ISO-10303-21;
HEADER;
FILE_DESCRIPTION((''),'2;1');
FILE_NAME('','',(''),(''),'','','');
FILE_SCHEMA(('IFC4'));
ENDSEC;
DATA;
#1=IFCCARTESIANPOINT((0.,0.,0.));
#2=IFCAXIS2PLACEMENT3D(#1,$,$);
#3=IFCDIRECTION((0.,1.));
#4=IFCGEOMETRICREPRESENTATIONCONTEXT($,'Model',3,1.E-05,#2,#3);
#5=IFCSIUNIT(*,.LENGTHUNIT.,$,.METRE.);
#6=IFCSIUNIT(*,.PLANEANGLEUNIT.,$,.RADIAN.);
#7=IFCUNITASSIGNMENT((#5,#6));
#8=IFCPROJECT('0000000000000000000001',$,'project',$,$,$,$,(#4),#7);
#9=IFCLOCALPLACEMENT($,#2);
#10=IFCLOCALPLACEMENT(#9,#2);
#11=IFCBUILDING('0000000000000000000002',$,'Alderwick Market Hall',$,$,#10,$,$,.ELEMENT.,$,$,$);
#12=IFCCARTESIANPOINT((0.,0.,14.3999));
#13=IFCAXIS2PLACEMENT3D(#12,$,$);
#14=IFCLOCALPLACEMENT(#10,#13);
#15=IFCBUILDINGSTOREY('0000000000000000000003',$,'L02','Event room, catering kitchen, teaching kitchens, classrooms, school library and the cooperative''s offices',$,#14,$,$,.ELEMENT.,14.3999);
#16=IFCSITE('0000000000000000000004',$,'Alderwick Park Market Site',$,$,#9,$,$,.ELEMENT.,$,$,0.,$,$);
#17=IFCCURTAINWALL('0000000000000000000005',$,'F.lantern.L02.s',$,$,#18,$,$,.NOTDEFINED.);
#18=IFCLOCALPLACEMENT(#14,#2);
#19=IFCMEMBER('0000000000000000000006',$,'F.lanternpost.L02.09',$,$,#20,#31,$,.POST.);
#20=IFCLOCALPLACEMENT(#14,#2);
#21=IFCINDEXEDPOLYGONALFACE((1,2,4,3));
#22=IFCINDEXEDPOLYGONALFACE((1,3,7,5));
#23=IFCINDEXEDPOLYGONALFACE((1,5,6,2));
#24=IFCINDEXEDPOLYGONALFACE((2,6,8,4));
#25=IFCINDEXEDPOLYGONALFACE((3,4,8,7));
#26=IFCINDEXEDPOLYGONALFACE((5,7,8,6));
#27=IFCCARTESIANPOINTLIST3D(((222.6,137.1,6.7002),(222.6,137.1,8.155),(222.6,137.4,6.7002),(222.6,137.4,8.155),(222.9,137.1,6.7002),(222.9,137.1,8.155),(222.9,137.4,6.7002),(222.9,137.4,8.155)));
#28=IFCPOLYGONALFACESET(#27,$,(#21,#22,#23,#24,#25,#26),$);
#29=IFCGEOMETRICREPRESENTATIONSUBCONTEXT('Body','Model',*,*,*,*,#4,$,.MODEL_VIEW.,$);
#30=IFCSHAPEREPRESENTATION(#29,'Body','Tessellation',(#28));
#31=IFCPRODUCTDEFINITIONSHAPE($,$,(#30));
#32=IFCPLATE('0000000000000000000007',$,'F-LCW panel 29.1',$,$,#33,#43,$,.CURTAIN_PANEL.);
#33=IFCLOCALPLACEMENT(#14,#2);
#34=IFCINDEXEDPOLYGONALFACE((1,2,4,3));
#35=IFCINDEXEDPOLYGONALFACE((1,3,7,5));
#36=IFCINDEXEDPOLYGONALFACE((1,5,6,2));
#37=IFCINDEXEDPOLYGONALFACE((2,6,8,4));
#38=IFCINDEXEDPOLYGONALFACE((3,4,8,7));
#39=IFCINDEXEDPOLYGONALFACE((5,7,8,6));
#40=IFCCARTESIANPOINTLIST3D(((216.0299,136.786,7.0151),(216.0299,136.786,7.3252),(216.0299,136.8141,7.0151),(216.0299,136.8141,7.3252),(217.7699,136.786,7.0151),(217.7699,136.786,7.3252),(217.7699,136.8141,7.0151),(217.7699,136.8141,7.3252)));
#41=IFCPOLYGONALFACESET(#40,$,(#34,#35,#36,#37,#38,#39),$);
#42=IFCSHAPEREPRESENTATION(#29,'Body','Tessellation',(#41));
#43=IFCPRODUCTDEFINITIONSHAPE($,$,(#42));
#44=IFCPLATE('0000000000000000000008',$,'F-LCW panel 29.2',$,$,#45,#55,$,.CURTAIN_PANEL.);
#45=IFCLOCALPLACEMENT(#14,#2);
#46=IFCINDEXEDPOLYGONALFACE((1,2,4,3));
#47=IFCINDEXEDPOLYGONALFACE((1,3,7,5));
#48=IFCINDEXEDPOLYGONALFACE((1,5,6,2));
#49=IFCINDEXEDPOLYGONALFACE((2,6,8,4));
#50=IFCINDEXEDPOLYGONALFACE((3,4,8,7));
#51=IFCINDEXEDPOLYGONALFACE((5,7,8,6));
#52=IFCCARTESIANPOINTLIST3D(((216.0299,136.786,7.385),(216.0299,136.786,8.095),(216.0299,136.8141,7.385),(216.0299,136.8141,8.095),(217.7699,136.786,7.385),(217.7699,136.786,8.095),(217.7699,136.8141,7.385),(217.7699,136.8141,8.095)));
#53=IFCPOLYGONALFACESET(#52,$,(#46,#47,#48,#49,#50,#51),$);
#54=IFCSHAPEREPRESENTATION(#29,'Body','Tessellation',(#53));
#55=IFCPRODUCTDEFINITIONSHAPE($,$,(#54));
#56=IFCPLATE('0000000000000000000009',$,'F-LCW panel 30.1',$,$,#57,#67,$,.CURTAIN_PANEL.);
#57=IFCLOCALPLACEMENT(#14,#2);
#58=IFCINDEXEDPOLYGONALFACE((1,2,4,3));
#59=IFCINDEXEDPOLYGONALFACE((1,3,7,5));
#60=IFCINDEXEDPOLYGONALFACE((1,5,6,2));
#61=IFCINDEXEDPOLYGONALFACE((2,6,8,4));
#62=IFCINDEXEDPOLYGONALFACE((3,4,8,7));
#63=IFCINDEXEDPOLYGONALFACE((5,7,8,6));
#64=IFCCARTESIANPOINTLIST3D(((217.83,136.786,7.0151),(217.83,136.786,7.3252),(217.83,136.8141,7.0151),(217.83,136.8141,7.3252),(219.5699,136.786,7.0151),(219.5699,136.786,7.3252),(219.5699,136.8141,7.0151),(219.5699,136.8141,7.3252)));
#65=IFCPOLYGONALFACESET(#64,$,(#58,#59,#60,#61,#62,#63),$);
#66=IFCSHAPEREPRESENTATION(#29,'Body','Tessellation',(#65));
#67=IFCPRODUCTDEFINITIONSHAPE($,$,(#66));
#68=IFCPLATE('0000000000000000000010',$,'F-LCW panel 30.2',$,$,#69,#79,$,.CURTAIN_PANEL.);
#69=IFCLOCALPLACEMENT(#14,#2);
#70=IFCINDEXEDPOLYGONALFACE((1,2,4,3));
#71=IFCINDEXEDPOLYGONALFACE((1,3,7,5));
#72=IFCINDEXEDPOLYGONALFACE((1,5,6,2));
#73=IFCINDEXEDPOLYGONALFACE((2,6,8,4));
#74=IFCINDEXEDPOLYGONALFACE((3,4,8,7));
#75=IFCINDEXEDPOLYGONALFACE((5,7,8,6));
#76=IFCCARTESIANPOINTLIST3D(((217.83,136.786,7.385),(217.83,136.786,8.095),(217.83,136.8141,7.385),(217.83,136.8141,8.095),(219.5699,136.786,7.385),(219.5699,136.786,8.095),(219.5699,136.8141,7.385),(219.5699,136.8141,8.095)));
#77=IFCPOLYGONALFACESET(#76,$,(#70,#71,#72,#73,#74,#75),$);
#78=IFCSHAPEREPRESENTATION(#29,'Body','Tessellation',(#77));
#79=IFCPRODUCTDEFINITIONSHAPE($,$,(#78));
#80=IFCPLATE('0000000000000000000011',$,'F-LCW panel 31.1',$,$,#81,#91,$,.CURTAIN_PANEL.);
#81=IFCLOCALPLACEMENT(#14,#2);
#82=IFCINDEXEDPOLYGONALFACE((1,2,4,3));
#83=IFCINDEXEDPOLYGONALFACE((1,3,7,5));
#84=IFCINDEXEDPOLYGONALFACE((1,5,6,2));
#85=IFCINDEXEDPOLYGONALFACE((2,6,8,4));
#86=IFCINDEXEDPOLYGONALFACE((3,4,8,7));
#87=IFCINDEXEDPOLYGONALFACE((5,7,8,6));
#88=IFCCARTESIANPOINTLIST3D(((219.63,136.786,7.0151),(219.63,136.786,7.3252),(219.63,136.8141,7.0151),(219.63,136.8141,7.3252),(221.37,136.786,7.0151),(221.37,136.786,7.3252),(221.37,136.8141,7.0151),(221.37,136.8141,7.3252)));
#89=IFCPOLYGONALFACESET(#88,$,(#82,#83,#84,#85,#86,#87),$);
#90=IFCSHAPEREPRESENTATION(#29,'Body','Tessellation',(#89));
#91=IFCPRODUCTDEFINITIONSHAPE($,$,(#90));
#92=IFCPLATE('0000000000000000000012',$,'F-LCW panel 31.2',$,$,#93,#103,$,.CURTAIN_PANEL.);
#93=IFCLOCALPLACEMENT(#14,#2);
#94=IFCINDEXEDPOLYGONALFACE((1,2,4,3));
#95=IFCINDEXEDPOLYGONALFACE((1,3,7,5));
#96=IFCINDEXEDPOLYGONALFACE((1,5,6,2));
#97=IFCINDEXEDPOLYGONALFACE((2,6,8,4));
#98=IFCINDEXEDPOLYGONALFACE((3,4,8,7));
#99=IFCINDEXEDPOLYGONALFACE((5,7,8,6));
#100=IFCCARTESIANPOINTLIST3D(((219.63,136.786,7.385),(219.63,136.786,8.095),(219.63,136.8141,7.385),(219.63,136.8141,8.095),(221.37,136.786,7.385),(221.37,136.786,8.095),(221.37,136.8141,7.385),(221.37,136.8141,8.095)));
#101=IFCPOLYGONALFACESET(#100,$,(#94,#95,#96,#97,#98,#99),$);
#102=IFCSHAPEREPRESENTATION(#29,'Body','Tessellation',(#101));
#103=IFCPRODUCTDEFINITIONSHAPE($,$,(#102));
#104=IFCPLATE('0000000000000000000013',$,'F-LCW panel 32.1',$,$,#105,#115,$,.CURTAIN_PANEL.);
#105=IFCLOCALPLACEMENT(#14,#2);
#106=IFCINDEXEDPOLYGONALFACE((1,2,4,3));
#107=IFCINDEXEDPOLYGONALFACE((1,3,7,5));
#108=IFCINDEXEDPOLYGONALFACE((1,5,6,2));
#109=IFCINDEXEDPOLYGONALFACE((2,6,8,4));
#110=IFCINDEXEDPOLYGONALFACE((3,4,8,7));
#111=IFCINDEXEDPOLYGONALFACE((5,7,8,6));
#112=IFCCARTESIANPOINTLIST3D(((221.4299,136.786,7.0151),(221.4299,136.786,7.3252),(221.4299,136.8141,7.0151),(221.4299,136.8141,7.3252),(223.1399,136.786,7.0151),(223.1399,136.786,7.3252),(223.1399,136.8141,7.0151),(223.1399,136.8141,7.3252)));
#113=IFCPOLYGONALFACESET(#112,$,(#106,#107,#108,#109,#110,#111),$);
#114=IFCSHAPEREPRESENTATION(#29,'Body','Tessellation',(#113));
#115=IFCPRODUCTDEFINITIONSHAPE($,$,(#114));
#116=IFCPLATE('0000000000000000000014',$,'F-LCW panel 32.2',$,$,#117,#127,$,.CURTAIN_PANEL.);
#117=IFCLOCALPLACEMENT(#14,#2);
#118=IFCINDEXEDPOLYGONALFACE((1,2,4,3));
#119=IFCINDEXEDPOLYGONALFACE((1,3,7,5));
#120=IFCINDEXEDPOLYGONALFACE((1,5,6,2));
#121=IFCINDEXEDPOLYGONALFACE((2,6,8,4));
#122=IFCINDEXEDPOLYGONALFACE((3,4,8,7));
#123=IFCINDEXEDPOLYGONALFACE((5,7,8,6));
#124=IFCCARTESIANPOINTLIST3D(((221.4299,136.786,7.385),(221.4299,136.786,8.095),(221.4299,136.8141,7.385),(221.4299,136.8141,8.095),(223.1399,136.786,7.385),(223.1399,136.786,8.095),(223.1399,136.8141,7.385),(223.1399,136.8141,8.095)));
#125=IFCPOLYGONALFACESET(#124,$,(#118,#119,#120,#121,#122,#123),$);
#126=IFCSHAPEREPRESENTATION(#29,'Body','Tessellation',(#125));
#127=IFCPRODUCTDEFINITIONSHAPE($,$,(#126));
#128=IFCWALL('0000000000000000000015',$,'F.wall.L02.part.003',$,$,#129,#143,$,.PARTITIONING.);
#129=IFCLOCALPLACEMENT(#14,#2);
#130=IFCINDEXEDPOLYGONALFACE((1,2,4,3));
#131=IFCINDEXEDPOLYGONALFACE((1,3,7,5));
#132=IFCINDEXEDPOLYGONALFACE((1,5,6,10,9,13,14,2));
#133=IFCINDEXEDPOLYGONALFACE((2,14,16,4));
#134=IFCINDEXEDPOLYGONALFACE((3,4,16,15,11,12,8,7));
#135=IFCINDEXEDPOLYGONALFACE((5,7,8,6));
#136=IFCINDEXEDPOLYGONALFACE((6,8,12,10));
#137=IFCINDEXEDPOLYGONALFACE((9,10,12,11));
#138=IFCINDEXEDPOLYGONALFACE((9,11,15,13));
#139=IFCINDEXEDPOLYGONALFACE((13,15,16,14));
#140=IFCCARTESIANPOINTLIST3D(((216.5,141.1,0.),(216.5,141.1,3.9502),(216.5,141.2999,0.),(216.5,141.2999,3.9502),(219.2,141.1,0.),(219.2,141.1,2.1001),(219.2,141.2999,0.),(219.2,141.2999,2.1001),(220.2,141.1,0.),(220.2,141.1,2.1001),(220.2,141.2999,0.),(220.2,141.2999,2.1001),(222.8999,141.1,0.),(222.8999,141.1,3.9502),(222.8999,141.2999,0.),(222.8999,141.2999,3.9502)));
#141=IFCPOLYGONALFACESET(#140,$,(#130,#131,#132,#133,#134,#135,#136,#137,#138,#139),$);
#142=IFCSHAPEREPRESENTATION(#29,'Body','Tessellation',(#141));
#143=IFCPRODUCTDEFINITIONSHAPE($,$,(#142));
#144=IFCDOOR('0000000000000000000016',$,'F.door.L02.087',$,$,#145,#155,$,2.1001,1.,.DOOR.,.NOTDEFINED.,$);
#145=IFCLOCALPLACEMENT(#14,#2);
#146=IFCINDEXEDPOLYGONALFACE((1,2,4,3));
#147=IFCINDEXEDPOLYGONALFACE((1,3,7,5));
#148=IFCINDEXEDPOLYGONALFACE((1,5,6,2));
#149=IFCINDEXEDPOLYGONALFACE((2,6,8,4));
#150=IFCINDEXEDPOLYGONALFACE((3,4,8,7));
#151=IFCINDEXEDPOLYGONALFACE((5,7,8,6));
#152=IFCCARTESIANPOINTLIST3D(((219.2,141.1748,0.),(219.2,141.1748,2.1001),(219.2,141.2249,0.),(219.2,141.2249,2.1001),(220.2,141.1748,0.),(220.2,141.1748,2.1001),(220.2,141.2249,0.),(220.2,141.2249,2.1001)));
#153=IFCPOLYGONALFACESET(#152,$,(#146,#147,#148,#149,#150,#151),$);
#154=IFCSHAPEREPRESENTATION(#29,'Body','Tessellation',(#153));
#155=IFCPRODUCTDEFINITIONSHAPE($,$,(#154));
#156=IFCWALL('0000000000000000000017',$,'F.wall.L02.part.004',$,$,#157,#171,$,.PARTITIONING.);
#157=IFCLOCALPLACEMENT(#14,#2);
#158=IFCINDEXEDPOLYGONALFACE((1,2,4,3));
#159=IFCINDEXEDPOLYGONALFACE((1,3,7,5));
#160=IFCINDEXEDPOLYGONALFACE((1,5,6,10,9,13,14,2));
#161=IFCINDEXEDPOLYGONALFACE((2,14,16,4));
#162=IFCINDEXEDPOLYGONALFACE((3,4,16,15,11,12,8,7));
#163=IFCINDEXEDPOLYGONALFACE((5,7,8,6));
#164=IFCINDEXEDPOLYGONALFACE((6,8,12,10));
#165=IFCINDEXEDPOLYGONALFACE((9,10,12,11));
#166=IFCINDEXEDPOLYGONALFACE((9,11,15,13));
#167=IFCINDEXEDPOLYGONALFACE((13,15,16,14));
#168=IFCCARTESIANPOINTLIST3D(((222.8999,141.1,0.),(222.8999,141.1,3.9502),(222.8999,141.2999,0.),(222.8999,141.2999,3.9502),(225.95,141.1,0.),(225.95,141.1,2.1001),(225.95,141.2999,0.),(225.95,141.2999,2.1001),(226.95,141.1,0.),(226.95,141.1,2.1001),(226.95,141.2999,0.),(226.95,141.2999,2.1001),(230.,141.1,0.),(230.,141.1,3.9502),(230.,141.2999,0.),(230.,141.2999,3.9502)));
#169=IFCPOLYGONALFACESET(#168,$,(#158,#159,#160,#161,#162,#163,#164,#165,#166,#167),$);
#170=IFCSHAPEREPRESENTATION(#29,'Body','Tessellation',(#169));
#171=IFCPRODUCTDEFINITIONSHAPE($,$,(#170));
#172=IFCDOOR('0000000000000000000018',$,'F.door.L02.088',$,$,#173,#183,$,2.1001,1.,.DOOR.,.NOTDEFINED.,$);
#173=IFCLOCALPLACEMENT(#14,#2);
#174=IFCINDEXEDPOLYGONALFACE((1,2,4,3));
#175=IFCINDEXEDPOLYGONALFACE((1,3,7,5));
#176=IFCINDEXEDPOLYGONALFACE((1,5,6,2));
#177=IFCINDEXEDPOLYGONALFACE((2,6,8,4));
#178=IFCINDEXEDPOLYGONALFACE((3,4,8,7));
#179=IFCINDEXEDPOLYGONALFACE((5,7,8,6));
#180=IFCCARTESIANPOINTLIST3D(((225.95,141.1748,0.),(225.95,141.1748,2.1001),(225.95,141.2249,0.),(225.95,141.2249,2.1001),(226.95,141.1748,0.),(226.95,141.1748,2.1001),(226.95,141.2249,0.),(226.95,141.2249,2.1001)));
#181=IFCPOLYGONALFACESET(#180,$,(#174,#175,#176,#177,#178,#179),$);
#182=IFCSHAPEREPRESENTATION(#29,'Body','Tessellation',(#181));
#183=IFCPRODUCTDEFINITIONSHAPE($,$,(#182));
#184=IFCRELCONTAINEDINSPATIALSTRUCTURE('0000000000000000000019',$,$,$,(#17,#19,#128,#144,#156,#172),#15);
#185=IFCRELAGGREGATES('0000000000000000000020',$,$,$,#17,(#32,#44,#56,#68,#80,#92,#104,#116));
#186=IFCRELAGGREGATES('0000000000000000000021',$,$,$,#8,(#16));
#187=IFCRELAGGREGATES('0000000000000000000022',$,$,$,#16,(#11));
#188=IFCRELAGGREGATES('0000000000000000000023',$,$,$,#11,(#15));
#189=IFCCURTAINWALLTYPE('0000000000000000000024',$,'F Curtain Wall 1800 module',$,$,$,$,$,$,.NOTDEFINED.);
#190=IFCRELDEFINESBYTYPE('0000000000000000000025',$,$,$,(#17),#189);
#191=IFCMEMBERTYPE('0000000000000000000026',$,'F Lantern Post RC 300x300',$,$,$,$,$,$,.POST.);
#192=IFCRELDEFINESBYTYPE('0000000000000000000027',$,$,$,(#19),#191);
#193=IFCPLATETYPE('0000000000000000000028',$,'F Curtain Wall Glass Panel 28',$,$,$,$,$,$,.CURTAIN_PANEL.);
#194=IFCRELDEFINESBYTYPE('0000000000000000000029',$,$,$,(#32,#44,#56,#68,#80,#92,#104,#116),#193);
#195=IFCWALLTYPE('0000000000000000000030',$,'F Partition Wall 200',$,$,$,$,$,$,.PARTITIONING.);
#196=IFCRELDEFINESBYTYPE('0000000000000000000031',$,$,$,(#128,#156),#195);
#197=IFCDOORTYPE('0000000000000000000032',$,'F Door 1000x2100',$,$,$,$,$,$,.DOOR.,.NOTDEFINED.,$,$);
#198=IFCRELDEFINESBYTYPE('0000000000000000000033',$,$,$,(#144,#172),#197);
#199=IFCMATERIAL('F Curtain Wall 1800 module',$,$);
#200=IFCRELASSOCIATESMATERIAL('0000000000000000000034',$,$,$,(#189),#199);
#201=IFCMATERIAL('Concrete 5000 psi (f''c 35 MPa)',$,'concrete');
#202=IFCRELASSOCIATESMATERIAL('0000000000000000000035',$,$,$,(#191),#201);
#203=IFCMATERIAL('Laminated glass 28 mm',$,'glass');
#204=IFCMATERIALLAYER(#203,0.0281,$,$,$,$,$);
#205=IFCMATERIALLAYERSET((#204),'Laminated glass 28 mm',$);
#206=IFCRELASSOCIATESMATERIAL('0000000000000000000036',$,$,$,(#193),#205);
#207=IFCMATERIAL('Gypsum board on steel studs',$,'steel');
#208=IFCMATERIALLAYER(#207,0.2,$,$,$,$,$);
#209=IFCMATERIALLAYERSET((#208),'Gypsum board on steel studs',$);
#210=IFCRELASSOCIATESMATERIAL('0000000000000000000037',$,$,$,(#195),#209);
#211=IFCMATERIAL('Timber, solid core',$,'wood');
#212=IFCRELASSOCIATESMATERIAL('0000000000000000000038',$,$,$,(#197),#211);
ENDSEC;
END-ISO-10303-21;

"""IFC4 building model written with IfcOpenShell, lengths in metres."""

from ifc_helpers import new_model, si_unit, direction, frame, frame_2d, origin, origin_2d, place, context, subcontext, project, spatial, rectangle, extrude, material, layer, layer_set, material_profile, profile_set, type_object, element, fill, aggregate, save


model = new_model("IFC4")

# Units and contexts
model_context = context("Model", 3, precision=1e-05, world=origin(), true_north=direction((0.0, 1.0)))
body_context = subcontext(model_context, "Body", "Model", "MODEL_VIEW")
ifc_project = project(units=[si_unit("LENGTHUNIT", "METRE"), si_unit("PLANEANGLEUNIT", "RADIAN")], contexts=[model_context])

# Site, building, storey
site_placement = place(None, origin())
site = spatial("IfcSite", under=ifc_project, at=site_placement, Name="Alderwick Park Market Site", CompositionType="ELEMENT", RefElevation=0.0)
building_placement = place(site_placement, origin())
building = spatial("IfcBuilding", under=site, at=building_placement, Name="Alderwick Market Hall", CompositionType="ELEMENT")
storey_placement = place(building_placement, frame((0.0, 0.0, 14.3999)))
storey = spatial("IfcBuildingStorey", under=building, at=storey_placement, Name="L02", Description="Event room, catering kitchen, teaching kitchens, classrooms, school library and the cooperative's offices", CompositionType="ELEMENT", Elevation=14.3999)

# Curtain wall
ifc_material_1 = material(Name="F Curtain Wall 1800 module")
curtain_wall_type = type_object("IfcCurtainWallType", Name="F Curtain Wall 1800 module", PredefinedType="NOTDEFINED", material=ifc_material_1)
curtain_wall_placement = place(storey_placement, origin())
curtain_wall = element("IfcCurtainWall", 1, at=curtain_wall_placement, inside=storey, type_object=curtain_wall_type, Name="F.lantern.L02.s", PredefinedType="NOTDEFINED")

# Member
ifc_material_2 = material(Name="Concrete 5000 psi (f'c 35 MPa)", Category="concrete")
ifc_material_profile_1 = material_profile(ifc_material_2, rectangle(XDim=0.3, YDim=0.3, at=origin_2d()), Name="RC 300x300")
ifc_profile_set_1 = profile_set([ifc_material_profile_1], Name="Concrete 5000 psi (f'c 35 MPa)")
member_type_1 = type_object("IfcMemberType", Name="F Lantern Post RC 300x300", PredefinedType="POST", material=ifc_profile_set_1)
member_1_placement = place(storey_placement, frame((222.75, 137.25, 6.7002), z_axis=(0.0, 0.0, 1.0), x_axis=(1.0, 0.0, 0.0)))
element("IfcMember", 2, at=member_1_placement, inside=storey, type_object=member_type_1, Name="F.lanternpost.L02.09", PredefinedType="POST", context=body_context, shape_type="SweptSolid", body=[
    extrude(rectangle(XDim=0.3, YDim=0.3, at=origin_2d()), origin(), (0.0, 0.0, 1.0), 1.4548),
])

# Plates
ifc_material_3 = material(Name="Laminated glass 28 mm", Category="glass")
ifc_layer_1 = layer(ifc_material_3, 0.0281)
ifc_layer_set_1 = layer_set([ifc_layer_1], Name="Laminated glass 28 mm")
plate_type = type_object("IfcPlateType", Name="F Curtain Wall Glass Panel 28", PredefinedType="CURTAIN_PANEL", material=ifc_layer_set_1)
plate_1_placement = place(storey_placement, frame((216.8999, 136.8, 7.0151), z_axis=(0.0, 0.0, 1.0), x_axis=(1.0, 0.0, 0.0)))
plate_1 = element("IfcPlate", 3, at=plate_1_placement, type_object=plate_type, Name="F-LCW panel 29.1", PredefinedType="CURTAIN_PANEL", context=body_context, shape_type="SweptSolid", body=[
    extrude(rectangle(XDim=1.74, YDim=0.0281, at=origin_2d()), origin(), (0.0, 0.0, 1.0), 0.3101),
])
plate_2_placement = place(storey_placement, frame((216.8999, 136.8, 7.385), z_axis=(0.0, 0.0, 1.0), x_axis=(1.0, 0.0, 0.0)))
plate_2 = element("IfcPlate", 4, at=plate_2_placement, type_object=plate_type, Name="F-LCW panel 29.2", PredefinedType="CURTAIN_PANEL", context=body_context, shape_type="SweptSolid", body=[
    extrude(rectangle(XDim=1.74, YDim=0.0281, at=origin_2d()), origin(), (0.0, 0.0, 1.0), 0.71),
])
plate_3_placement = place(storey_placement, frame((218.7, 136.8, 7.0151), z_axis=(0.0, 0.0, 1.0), x_axis=(1.0, 0.0, 0.0)))
plate_3 = element("IfcPlate", 5, at=plate_3_placement, type_object=plate_type, Name="F-LCW panel 30.1", PredefinedType="CURTAIN_PANEL", context=body_context, shape_type="SweptSolid", body=[
    extrude(rectangle(XDim=1.74, YDim=0.0281, at=origin_2d()), origin(), (0.0, 0.0, 1.0), 0.3101),
])
plate_4_placement = place(storey_placement, frame((218.7, 136.8, 7.385), z_axis=(0.0, 0.0, 1.0), x_axis=(1.0, 0.0, 0.0)))
plate_4 = element("IfcPlate", 6, at=plate_4_placement, type_object=plate_type, Name="F-LCW panel 30.2", PredefinedType="CURTAIN_PANEL", context=body_context, shape_type="SweptSolid", body=[
    extrude(rectangle(XDim=1.74, YDim=0.0281, at=origin_2d()), origin(), (0.0, 0.0, 1.0), 0.71),
])
plate_5_placement = place(storey_placement, frame((220.5, 136.8, 7.0151), z_axis=(0.0, 0.0, 1.0), x_axis=(1.0, 0.0, 0.0)))
plate_5 = element("IfcPlate", 7, at=plate_5_placement, type_object=plate_type, Name="F-LCW panel 31.1", PredefinedType="CURTAIN_PANEL", context=body_context, shape_type="SweptSolid", body=[
    extrude(rectangle(XDim=1.74, YDim=0.0281, at=origin_2d()), origin(), (0.0, 0.0, 1.0), 0.3101),
])
plate_6_placement = place(storey_placement, frame((220.5, 136.8, 7.385), z_axis=(0.0, 0.0, 1.0), x_axis=(1.0, 0.0, 0.0)))
plate_6 = element("IfcPlate", 8, at=plate_6_placement, type_object=plate_type, Name="F-LCW panel 31.2", PredefinedType="CURTAIN_PANEL", context=body_context, shape_type="SweptSolid", body=[
    extrude(rectangle(XDim=1.74, YDim=0.0281, at=origin_2d()), origin(), (0.0, 0.0, 1.0), 0.71),
])
plate_7_placement = place(storey_placement, frame((222.2849, 136.8, 7.0151), z_axis=(0.0, 0.0, 1.0), x_axis=(1.0, 0.0, 0.0)))
plate_7 = element("IfcPlate", 9, at=plate_7_placement, type_object=plate_type, Name="F-LCW panel 32.1", PredefinedType="CURTAIN_PANEL", context=body_context, shape_type="SweptSolid", body=[
    extrude(rectangle(XDim=1.71, YDim=0.0281, at=origin_2d()), origin(), (0.0, 0.0, 1.0), 0.3101),
])
plate_8_placement = place(storey_placement, frame((222.2849, 136.8, 7.385), z_axis=(0.0, 0.0, 1.0), x_axis=(1.0, 0.0, 0.0)))
plate_8 = element("IfcPlate", 10, at=plate_8_placement, type_object=plate_type, Name="F-LCW panel 32.2", PredefinedType="CURTAIN_PANEL", context=body_context, shape_type="SweptSolid", body=[
    extrude(rectangle(XDim=1.71, YDim=0.0281, at=origin_2d()), origin(), (0.0, 0.0, 1.0), 0.71),
])
aggregate(curtain_wall, [plate_1, plate_2, plate_3, plate_4, plate_5, plate_6, plate_7, plate_8])

# Walls, openings, doors
ifc_material_4 = material(Name="Gypsum board on steel studs", Category="steel")
ifc_layer_2 = layer(ifc_material_4, 0.2)
ifc_layer_set_2 = layer_set([ifc_layer_2], Name="Gypsum board on steel studs")
wall_type = type_object("IfcWallType", Name="F Partition Wall 200", PredefinedType="PARTITIONING", material=ifc_layer_set_2)
wall_1_placement = place(storey_placement, frame((216.5, 141.2, 0.0), z_axis=(0.0, 0.0, 1.0), x_axis=(1.0, 0.0, 0.0)))
wall_1 = element("IfcWall", 11, at=wall_1_placement, inside=storey, type_object=wall_type, Name="F.wall.L02.part.003", PredefinedType="PARTITIONING", context=body_context, shape_type="SweptSolid", body=[
    extrude(rectangle(XDim=6.3999, YDim=0.2, at=frame_2d((3.2, 0.0))), origin(), (0.0, 0.0, 1.0), 3.9502),
])
opening_1_placement = place(wall_1_placement, frame((2.7, 0.0, 0.0)))
opening_1 = element("IfcOpeningElement", 12, at=opening_1_placement, cuts=wall_1, PredefinedType="OPENING", context=body_context, shape_type="SweptSolid", body=[
    extrude(rectangle(XDim=1.0, YDim=2.1001, at=frame_2d((0.5, 1.05))), frame((0.0, 0.1099, 0.0), z_axis=(0.0, -1.0, 0.0), x_axis=(1.0, 0.0, 0.0)), (0.0, 0.0, 1.0), 0.22),
])
ifc_material_5 = material(Name="Timber, solid core", Category="wood")
door_type = type_object("IfcDoorType", Name="F Door 1000x2100", OperationType="NOTDEFINED", PredefinedType="DOOR", material=ifc_material_5)
door_1_placement = place(opening_1_placement, origin())
door_1 = element("IfcDoor", 13, at=door_1_placement, inside=storey, type_object=door_type, Name="F.door.L02.087", OperationType="NOTDEFINED", OverallHeight=2.1001, OverallWidth=1.0, PredefinedType="DOOR", context=body_context, shape_type="SweptSolid", body=[
    extrude(rectangle(XDim=1.0, YDim=2.1001, at=frame_2d((0.5, 1.05))), frame((0.0, 0.0249, 0.0), z_axis=(0.0, -1.0, 0.0), x_axis=(1.0, 0.0, 0.0)), (0.0, 0.0, 1.0), 0.05),
])
fill(opening_1, door_1)
wall_2_placement = place(storey_placement, frame((222.8999, 141.2, 0.0), z_axis=(0.0, 0.0, 1.0), x_axis=(1.0, 0.0, 0.0)))
wall_2 = element("IfcWall", 14, at=wall_2_placement, inside=storey, type_object=wall_type, Name="F.wall.L02.part.004", PredefinedType="PARTITIONING", context=body_context, shape_type="SweptSolid", body=[
    extrude(rectangle(XDim=7.1001, YDim=0.2, at=frame_2d((3.55, 0.0))), origin(), (0.0, 0.0, 1.0), 3.9502),
])
opening_2_placement = place(wall_2_placement, frame((3.05, 0.0, 0.0)))
opening_2 = element("IfcOpeningElement", 15, at=opening_2_placement, cuts=wall_2, PredefinedType="OPENING", context=body_context, shape_type="SweptSolid", body=[
    extrude(rectangle(XDim=1.0, YDim=2.1001, at=frame_2d((0.5, 1.05))), frame((0.0, 0.1099, 0.0), z_axis=(0.0, -1.0, 0.0), x_axis=(1.0, 0.0, 0.0)), (0.0, 0.0, 1.0), 0.22),
])
door_2_placement = place(opening_2_placement, origin())
door_2 = element("IfcDoor", 16, at=door_2_placement, inside=storey, type_object=door_type, Name="F.door.L02.088", OperationType="NOTDEFINED", OverallHeight=2.1001, OverallWidth=1.0, PredefinedType="DOOR", context=body_context, shape_type="SweptSolid", body=[
    extrude(rectangle(XDim=1.0, YDim=2.1001, at=frame_2d((0.5, 1.05))), frame((0.0, 0.0249, 0.0), z_axis=(0.0, -1.0, 0.0), x_axis=(1.0, 0.0, 0.0)), (0.0, 0.0, 1.0), 0.05),
])
fill(opening_2, door_2)

save(model, "model.ifc")
